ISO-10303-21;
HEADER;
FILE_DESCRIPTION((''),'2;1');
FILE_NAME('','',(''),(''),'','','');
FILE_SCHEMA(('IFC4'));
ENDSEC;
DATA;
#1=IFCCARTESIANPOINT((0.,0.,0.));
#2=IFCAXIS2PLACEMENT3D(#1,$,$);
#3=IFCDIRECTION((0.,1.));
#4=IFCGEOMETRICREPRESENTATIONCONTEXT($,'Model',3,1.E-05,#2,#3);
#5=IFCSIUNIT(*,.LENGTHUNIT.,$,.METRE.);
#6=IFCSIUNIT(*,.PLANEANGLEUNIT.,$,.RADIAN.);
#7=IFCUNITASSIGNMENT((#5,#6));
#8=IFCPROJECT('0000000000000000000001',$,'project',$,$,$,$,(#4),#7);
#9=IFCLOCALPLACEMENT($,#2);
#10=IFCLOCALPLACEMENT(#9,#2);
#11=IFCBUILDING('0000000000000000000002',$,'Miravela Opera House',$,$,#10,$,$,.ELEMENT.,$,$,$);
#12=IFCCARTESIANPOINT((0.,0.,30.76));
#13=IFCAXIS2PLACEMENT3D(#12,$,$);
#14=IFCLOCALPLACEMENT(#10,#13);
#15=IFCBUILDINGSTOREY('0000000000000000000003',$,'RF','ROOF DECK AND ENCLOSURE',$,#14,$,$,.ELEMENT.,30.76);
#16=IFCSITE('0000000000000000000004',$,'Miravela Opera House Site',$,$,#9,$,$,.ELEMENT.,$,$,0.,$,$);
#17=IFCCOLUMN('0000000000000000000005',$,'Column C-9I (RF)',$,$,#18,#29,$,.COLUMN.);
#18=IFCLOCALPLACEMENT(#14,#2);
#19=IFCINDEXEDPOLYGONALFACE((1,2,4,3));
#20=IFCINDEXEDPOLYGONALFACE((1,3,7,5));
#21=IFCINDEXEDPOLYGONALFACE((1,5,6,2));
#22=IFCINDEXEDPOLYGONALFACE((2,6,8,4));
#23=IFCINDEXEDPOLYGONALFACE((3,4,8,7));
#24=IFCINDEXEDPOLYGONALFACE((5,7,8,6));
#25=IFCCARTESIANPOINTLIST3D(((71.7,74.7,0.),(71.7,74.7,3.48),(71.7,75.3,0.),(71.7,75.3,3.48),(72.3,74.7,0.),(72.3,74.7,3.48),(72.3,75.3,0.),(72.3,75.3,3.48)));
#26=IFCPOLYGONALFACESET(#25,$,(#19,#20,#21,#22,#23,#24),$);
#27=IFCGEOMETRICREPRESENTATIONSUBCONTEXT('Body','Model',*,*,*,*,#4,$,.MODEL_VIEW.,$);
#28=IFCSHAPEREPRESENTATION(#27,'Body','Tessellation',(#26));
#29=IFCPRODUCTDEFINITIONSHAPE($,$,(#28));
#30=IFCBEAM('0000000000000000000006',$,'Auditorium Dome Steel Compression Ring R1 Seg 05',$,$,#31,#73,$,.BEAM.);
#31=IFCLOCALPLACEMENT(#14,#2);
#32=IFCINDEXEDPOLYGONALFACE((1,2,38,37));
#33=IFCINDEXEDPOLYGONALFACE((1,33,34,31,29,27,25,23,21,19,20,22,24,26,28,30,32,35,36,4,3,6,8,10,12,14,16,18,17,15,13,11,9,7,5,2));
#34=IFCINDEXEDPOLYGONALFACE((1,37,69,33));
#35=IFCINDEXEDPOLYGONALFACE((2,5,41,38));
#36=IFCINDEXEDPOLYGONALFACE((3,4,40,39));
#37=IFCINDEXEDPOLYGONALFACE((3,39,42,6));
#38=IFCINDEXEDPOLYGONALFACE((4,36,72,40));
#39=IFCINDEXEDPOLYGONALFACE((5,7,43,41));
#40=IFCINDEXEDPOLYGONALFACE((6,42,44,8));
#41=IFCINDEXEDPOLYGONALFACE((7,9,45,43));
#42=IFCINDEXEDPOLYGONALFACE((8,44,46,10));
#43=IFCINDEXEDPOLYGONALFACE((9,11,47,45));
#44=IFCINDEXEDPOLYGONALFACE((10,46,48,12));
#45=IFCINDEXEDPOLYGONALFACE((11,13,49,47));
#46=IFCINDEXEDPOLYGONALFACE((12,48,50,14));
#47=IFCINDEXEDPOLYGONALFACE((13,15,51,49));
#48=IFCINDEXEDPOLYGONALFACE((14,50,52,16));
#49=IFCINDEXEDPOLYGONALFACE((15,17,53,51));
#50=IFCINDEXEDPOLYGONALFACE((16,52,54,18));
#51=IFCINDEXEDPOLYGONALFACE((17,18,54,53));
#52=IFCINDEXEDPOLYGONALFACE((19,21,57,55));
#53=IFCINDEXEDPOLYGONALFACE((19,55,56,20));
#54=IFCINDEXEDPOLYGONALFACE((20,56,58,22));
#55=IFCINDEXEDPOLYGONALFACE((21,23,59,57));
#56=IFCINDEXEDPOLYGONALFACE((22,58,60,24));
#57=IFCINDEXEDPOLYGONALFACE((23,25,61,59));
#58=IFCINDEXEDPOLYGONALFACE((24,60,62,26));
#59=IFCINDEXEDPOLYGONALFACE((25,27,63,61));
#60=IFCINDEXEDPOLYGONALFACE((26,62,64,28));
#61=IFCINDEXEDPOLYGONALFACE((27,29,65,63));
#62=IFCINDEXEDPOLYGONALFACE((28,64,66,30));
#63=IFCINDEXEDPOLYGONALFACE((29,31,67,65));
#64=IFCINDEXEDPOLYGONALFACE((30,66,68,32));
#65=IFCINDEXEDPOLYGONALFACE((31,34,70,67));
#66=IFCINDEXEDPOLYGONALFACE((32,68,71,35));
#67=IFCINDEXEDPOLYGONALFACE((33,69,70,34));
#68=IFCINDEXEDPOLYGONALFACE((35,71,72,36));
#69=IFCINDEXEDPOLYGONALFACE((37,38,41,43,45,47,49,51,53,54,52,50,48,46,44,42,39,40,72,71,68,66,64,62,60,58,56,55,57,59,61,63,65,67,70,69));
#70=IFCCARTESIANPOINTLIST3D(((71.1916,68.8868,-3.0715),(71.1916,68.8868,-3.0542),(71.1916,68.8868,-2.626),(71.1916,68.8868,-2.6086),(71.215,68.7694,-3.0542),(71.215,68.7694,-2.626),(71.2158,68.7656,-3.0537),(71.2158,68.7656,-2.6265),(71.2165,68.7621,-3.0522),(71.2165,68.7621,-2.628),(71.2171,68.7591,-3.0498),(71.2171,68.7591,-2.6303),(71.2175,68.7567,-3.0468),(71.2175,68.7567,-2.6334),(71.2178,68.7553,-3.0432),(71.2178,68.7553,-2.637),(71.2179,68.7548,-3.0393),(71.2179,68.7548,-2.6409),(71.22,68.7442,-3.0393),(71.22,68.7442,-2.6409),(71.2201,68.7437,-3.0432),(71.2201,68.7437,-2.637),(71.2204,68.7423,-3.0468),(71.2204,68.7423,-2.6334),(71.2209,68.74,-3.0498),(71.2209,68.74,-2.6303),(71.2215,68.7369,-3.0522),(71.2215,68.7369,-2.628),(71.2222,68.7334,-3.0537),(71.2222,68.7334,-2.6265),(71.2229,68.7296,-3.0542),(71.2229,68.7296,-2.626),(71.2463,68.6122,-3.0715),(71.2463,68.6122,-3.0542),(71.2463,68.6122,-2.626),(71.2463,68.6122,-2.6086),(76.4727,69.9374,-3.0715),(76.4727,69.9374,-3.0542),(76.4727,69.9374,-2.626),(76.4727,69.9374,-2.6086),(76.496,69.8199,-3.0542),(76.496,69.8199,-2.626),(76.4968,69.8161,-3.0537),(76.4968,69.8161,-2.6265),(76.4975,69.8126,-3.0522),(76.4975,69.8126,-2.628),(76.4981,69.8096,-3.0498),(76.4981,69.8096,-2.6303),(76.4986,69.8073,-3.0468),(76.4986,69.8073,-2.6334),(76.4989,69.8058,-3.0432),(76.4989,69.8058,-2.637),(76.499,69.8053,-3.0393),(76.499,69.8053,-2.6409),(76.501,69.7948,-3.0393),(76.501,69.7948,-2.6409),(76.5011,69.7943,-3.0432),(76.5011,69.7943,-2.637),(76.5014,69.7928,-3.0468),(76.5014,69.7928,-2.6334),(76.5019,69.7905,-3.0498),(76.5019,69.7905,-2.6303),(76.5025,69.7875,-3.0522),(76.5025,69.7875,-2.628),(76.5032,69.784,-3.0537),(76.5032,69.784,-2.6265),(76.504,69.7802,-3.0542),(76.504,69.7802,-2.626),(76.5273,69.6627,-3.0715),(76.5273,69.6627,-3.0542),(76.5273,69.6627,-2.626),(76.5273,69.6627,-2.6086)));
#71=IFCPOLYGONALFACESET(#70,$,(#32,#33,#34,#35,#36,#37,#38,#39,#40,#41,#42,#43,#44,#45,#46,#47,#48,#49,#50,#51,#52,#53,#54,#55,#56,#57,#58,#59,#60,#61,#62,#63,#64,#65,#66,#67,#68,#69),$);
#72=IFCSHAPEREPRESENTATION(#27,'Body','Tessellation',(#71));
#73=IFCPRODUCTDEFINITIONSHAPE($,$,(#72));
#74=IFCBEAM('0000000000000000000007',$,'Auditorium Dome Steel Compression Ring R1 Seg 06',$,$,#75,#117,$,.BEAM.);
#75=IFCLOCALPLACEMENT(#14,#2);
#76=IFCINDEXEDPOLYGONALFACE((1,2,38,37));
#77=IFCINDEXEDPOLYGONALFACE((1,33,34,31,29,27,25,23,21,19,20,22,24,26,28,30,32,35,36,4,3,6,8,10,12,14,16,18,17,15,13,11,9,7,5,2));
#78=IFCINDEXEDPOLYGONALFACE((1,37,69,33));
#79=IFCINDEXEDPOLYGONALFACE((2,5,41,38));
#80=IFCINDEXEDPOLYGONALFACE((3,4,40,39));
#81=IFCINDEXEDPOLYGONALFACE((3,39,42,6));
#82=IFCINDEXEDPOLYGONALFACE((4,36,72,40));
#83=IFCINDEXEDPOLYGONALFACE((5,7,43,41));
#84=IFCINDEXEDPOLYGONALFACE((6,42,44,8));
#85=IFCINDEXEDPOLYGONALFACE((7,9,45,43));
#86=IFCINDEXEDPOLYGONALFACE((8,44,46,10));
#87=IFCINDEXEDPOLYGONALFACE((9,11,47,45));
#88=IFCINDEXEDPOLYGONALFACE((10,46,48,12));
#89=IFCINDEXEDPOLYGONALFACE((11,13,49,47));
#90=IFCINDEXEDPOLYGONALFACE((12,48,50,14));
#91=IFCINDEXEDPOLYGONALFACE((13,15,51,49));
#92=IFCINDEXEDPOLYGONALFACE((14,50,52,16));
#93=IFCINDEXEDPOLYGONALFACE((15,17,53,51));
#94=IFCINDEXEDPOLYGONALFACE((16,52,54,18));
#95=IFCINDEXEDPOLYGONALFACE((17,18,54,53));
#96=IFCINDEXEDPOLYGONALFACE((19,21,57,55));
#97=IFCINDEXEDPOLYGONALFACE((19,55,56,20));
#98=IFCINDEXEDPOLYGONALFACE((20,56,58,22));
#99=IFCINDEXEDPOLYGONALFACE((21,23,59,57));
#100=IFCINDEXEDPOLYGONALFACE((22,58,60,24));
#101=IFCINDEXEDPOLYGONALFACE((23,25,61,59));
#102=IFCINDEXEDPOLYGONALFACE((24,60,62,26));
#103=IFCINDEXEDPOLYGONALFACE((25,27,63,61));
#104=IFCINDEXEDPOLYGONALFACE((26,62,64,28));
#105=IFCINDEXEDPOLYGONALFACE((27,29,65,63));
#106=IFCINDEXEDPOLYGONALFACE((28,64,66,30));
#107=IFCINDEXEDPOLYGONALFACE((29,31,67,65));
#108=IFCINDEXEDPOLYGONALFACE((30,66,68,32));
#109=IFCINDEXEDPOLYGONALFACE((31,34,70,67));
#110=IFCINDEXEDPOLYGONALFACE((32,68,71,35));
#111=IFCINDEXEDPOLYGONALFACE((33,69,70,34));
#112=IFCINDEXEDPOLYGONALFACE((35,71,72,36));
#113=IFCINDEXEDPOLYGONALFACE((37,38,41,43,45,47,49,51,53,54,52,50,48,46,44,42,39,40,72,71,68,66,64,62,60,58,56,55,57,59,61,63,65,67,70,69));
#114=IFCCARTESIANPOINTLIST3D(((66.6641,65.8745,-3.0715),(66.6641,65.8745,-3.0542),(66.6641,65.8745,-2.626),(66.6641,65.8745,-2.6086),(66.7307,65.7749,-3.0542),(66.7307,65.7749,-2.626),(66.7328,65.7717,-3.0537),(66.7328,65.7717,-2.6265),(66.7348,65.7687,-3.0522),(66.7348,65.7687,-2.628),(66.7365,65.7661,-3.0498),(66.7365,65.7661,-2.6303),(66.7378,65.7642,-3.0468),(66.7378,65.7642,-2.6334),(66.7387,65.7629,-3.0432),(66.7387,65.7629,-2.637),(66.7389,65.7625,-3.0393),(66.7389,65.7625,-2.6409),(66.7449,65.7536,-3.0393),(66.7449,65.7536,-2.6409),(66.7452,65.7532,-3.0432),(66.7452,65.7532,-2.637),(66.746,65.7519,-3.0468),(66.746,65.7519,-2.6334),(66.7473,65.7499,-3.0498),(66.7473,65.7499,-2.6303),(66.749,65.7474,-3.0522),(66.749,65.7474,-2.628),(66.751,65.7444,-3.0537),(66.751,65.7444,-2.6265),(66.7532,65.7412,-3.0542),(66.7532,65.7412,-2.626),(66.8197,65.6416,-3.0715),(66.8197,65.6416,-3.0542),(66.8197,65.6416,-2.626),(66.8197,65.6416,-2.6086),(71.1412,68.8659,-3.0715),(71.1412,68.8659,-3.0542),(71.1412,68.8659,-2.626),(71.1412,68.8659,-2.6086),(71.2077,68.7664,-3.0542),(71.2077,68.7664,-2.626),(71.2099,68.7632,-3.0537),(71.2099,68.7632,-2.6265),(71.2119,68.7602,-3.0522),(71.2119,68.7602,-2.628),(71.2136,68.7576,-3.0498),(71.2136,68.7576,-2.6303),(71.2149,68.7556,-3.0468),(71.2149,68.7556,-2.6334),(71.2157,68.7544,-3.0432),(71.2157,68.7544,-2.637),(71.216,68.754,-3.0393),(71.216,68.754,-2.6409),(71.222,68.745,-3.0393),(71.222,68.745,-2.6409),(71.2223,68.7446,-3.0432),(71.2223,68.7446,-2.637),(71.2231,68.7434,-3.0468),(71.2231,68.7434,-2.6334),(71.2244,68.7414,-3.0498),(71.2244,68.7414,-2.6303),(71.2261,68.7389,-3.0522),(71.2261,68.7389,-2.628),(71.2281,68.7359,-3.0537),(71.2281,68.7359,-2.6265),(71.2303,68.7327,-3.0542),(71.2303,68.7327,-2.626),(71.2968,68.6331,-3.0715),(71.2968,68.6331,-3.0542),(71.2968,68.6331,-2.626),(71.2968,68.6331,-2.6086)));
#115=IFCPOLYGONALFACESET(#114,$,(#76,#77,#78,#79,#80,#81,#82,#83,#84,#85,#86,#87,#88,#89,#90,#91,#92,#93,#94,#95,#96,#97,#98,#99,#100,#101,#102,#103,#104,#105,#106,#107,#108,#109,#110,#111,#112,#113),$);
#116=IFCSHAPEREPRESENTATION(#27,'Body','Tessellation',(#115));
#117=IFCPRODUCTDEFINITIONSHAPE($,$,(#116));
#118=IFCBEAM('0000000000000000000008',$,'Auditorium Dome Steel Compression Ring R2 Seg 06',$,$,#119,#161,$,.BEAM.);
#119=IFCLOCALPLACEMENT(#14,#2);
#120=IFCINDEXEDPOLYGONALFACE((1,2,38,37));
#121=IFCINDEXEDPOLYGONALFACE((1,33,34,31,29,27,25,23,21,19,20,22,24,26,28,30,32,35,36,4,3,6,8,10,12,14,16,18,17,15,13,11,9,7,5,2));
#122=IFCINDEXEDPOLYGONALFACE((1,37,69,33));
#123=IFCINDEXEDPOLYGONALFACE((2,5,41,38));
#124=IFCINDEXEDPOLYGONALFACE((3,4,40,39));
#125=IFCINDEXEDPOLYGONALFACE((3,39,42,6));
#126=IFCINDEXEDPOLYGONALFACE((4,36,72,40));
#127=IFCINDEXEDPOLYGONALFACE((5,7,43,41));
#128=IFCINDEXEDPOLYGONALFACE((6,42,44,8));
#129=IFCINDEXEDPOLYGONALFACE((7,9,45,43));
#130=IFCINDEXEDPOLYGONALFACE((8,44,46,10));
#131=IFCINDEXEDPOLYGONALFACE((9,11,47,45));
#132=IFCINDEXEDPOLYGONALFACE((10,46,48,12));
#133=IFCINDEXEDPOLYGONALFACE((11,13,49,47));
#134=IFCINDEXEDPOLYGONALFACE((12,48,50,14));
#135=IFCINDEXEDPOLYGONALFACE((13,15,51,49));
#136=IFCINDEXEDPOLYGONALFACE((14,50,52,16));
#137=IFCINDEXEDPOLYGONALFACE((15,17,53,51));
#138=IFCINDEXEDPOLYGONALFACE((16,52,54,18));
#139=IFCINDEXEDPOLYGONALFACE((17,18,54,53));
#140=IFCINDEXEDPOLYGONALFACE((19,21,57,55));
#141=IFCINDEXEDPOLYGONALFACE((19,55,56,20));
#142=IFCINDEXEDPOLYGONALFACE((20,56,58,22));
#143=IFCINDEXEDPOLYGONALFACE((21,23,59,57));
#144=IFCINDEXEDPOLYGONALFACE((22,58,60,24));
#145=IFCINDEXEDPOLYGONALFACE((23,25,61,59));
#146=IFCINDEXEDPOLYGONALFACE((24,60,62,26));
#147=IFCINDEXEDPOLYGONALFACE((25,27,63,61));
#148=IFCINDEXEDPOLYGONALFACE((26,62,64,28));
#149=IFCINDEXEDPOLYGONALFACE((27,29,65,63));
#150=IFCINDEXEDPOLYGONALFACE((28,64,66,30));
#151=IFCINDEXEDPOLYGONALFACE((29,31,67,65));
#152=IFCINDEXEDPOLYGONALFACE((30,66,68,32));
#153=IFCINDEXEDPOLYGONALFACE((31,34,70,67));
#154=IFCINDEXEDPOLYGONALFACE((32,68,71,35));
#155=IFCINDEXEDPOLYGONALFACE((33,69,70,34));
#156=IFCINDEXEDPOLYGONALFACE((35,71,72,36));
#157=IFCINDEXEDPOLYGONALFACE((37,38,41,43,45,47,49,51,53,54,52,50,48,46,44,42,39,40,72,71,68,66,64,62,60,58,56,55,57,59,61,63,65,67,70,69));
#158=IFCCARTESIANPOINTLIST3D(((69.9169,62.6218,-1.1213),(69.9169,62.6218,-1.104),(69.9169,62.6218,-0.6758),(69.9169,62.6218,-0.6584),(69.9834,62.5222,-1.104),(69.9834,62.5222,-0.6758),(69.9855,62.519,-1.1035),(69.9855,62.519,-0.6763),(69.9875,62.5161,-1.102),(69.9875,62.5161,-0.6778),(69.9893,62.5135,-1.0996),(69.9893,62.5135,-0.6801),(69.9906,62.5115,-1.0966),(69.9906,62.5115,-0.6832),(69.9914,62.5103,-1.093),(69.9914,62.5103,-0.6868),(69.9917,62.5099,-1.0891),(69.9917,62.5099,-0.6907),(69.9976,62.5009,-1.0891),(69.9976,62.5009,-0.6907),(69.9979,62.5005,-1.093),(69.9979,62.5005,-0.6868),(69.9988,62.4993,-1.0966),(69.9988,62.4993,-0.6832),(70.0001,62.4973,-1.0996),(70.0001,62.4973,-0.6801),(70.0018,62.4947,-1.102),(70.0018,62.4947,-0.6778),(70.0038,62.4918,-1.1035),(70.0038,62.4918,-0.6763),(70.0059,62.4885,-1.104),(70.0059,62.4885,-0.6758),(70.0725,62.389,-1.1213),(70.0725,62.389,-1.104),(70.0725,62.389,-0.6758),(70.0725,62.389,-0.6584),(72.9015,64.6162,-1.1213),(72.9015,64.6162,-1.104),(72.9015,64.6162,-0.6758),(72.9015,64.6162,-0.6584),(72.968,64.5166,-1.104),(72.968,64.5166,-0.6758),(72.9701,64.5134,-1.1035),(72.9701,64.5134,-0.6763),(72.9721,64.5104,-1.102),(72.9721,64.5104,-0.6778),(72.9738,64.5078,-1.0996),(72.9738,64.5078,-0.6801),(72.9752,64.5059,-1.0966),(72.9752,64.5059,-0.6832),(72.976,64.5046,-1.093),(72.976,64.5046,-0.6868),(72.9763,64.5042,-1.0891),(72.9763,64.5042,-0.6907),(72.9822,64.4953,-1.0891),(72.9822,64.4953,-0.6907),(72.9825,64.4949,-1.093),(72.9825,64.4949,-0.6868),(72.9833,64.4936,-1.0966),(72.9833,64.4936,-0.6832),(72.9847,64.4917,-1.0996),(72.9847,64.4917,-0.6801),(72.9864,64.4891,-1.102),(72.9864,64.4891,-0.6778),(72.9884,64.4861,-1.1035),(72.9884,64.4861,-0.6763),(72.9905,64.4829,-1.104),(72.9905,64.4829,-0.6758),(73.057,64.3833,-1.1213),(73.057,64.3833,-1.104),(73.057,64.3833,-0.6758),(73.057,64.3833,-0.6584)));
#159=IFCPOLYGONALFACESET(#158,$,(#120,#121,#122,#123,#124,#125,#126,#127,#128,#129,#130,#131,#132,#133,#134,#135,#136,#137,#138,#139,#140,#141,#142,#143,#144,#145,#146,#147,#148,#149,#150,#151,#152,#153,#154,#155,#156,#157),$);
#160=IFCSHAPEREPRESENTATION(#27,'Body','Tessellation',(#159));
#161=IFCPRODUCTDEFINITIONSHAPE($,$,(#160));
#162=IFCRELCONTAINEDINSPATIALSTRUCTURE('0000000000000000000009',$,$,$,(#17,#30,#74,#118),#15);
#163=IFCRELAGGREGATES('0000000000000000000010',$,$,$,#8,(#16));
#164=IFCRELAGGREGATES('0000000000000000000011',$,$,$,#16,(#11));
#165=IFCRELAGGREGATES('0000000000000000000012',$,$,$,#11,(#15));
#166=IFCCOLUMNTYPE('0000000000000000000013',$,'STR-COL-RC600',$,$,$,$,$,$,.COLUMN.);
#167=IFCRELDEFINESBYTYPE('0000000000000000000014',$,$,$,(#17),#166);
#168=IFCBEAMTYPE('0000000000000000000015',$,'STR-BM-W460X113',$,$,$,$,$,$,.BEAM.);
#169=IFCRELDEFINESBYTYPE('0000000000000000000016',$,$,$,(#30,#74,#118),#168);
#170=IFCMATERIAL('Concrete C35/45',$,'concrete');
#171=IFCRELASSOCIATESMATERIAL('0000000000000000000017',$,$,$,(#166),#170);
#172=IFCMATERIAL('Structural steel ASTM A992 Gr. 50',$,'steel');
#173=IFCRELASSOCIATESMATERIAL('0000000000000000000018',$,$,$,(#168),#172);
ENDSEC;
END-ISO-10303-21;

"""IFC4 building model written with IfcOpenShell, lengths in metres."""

from ifc_helpers import new_model, si_unit, direction, frame, origin, origin_2d, place, context, subcontext, project, spatial, rectangle, i_section, extrude, material, material_profile, profile_set, type_object, element, save


model = new_model("IFC4")

# Units and contexts
model_context = context("Model", 3, precision=1e-05, world=origin(), true_north=direction((0.0, 1.0)))
body_context = subcontext(model_context, "Body", "Model", "MODEL_VIEW")
ifc_project = project(units=[si_unit("LENGTHUNIT", "METRE"), si_unit("PLANEANGLEUNIT", "RADIAN")], contexts=[model_context])

# Site, building, storey
site_placement = place(None, origin())
site = spatial("IfcSite", under=ifc_project, at=site_placement, Name="Miravela Opera House Site", CompositionType="ELEMENT", RefElevation=0.0)
building_placement = place(site_placement, origin())
building = spatial("IfcBuilding", under=site, at=building_placement, Name="Miravela Opera House", CompositionType="ELEMENT")
storey_placement = place(building_placement, frame((0.0, 0.0, 30.76)))
storey = spatial("IfcBuildingStorey", under=building, at=storey_placement, Name="RF", Description="ROOF DECK AND ENCLOSURE", CompositionType="ELEMENT", Elevation=30.76)

# Column
ifc_material_1 = material(Name="Concrete C35/45", Category="concrete")
ifc_material_profile_1 = material_profile(ifc_material_1, rectangle(XDim=0.6001, YDim=0.6001, at=origin_2d()), Name="RC-COL-600X600")
ifc_profile_set_1 = profile_set([ifc_material_profile_1])
column_type = type_object("IfcColumnType", Name="STR-COL-RC600", PredefinedType="COLUMN", material=ifc_profile_set_1)
column_placement = place(storey_placement, frame((72.0, 75.0, 0.0), z_axis=(0.0, 0.0, 1.0), x_axis=(1.0, 0.0, 0.0)))
element("IfcColumn", 1, at=column_placement, inside=storey, type_object=column_type, Name="Column C-9I (RF)", PredefinedType="COLUMN", context=body_context, shape_type="SweptSolid", body=[
    extrude(rectangle(XDim=0.6001, YDim=0.6001, at=origin_2d()), origin(), (0.0, 0.0, 1.0), 3.48),
])

# Beams
ifc_material_2 = material(Name="Structural steel ASTM A992 Gr. 50", Category="steel")
ifc_material_profile_2 = material_profile(ifc_material_2, i_section(OverallWidth=0.28, OverallDepth=0.4629, WebThickness=0.0107, FlangeThickness=0.0173, FilletRadius=0.0149, at=origin_2d()), Name="W460X113")
ifc_profile_set_2 = profile_set([ifc_material_profile_2])
beam_type = type_object("IfcBeamType", Name="STR-BM-W460X113", PredefinedType="BEAM", material=ifc_profile_set_2)
for number, where, z_axis, x_axis, name in (
    (2, (76.5, 69.8, -2.8401), (-0.980782, -0.195105, 0.0), (0.195105, -0.980782, 0.0), "Auditorium Dome Steel Compression Ring R1 Seg 05"),
    (3, (71.219, 68.7495, -2.8401), (-0.831471, -0.555568, 0.0), (0.555568, -0.831471, 0.0), "Auditorium Dome Steel Compression Ring R1 Seg 06"),
):
    element("IfcBeam", number, at=place(storey_placement, frame(where, z_axis=z_axis, x_axis=x_axis)), inside=storey, type_object=beam_type, Name=name, PredefinedType="BEAM", context=body_context, shape_type="SweptSolid", body=[
        extrude(i_section(OverallWidth=0.28, OverallDepth=0.4629, WebThickness=0.0107, FlangeThickness=0.0173, FilletRadius=0.0149, at=origin_2d()), origin(), (0.0, 0.0, 1.0), 5.3845),
    ])
beam_placement = place(storey_placement, frame((72.9792, 64.4998, -0.8899), z_axis=(-0.831453, -0.555595, 0.0), x_axis=(0.555595, -0.831453, 0.0)))
element("IfcBeam", 4, at=beam_placement, inside=storey, type_object=beam_type, Name="Auditorium Dome Steel Compression Ring R2 Seg 06", PredefinedType="BEAM", context=body_context, shape_type="SweptSolid", body=[
    extrude(i_section(OverallWidth=0.28, OverallDepth=0.4629, WebThickness=0.0107, FlangeThickness=0.0173, FilletRadius=0.0149, at=origin_2d()), origin(), (0.0, 0.0, 1.0), 3.5896),
])

save(model, "model.ifc")
